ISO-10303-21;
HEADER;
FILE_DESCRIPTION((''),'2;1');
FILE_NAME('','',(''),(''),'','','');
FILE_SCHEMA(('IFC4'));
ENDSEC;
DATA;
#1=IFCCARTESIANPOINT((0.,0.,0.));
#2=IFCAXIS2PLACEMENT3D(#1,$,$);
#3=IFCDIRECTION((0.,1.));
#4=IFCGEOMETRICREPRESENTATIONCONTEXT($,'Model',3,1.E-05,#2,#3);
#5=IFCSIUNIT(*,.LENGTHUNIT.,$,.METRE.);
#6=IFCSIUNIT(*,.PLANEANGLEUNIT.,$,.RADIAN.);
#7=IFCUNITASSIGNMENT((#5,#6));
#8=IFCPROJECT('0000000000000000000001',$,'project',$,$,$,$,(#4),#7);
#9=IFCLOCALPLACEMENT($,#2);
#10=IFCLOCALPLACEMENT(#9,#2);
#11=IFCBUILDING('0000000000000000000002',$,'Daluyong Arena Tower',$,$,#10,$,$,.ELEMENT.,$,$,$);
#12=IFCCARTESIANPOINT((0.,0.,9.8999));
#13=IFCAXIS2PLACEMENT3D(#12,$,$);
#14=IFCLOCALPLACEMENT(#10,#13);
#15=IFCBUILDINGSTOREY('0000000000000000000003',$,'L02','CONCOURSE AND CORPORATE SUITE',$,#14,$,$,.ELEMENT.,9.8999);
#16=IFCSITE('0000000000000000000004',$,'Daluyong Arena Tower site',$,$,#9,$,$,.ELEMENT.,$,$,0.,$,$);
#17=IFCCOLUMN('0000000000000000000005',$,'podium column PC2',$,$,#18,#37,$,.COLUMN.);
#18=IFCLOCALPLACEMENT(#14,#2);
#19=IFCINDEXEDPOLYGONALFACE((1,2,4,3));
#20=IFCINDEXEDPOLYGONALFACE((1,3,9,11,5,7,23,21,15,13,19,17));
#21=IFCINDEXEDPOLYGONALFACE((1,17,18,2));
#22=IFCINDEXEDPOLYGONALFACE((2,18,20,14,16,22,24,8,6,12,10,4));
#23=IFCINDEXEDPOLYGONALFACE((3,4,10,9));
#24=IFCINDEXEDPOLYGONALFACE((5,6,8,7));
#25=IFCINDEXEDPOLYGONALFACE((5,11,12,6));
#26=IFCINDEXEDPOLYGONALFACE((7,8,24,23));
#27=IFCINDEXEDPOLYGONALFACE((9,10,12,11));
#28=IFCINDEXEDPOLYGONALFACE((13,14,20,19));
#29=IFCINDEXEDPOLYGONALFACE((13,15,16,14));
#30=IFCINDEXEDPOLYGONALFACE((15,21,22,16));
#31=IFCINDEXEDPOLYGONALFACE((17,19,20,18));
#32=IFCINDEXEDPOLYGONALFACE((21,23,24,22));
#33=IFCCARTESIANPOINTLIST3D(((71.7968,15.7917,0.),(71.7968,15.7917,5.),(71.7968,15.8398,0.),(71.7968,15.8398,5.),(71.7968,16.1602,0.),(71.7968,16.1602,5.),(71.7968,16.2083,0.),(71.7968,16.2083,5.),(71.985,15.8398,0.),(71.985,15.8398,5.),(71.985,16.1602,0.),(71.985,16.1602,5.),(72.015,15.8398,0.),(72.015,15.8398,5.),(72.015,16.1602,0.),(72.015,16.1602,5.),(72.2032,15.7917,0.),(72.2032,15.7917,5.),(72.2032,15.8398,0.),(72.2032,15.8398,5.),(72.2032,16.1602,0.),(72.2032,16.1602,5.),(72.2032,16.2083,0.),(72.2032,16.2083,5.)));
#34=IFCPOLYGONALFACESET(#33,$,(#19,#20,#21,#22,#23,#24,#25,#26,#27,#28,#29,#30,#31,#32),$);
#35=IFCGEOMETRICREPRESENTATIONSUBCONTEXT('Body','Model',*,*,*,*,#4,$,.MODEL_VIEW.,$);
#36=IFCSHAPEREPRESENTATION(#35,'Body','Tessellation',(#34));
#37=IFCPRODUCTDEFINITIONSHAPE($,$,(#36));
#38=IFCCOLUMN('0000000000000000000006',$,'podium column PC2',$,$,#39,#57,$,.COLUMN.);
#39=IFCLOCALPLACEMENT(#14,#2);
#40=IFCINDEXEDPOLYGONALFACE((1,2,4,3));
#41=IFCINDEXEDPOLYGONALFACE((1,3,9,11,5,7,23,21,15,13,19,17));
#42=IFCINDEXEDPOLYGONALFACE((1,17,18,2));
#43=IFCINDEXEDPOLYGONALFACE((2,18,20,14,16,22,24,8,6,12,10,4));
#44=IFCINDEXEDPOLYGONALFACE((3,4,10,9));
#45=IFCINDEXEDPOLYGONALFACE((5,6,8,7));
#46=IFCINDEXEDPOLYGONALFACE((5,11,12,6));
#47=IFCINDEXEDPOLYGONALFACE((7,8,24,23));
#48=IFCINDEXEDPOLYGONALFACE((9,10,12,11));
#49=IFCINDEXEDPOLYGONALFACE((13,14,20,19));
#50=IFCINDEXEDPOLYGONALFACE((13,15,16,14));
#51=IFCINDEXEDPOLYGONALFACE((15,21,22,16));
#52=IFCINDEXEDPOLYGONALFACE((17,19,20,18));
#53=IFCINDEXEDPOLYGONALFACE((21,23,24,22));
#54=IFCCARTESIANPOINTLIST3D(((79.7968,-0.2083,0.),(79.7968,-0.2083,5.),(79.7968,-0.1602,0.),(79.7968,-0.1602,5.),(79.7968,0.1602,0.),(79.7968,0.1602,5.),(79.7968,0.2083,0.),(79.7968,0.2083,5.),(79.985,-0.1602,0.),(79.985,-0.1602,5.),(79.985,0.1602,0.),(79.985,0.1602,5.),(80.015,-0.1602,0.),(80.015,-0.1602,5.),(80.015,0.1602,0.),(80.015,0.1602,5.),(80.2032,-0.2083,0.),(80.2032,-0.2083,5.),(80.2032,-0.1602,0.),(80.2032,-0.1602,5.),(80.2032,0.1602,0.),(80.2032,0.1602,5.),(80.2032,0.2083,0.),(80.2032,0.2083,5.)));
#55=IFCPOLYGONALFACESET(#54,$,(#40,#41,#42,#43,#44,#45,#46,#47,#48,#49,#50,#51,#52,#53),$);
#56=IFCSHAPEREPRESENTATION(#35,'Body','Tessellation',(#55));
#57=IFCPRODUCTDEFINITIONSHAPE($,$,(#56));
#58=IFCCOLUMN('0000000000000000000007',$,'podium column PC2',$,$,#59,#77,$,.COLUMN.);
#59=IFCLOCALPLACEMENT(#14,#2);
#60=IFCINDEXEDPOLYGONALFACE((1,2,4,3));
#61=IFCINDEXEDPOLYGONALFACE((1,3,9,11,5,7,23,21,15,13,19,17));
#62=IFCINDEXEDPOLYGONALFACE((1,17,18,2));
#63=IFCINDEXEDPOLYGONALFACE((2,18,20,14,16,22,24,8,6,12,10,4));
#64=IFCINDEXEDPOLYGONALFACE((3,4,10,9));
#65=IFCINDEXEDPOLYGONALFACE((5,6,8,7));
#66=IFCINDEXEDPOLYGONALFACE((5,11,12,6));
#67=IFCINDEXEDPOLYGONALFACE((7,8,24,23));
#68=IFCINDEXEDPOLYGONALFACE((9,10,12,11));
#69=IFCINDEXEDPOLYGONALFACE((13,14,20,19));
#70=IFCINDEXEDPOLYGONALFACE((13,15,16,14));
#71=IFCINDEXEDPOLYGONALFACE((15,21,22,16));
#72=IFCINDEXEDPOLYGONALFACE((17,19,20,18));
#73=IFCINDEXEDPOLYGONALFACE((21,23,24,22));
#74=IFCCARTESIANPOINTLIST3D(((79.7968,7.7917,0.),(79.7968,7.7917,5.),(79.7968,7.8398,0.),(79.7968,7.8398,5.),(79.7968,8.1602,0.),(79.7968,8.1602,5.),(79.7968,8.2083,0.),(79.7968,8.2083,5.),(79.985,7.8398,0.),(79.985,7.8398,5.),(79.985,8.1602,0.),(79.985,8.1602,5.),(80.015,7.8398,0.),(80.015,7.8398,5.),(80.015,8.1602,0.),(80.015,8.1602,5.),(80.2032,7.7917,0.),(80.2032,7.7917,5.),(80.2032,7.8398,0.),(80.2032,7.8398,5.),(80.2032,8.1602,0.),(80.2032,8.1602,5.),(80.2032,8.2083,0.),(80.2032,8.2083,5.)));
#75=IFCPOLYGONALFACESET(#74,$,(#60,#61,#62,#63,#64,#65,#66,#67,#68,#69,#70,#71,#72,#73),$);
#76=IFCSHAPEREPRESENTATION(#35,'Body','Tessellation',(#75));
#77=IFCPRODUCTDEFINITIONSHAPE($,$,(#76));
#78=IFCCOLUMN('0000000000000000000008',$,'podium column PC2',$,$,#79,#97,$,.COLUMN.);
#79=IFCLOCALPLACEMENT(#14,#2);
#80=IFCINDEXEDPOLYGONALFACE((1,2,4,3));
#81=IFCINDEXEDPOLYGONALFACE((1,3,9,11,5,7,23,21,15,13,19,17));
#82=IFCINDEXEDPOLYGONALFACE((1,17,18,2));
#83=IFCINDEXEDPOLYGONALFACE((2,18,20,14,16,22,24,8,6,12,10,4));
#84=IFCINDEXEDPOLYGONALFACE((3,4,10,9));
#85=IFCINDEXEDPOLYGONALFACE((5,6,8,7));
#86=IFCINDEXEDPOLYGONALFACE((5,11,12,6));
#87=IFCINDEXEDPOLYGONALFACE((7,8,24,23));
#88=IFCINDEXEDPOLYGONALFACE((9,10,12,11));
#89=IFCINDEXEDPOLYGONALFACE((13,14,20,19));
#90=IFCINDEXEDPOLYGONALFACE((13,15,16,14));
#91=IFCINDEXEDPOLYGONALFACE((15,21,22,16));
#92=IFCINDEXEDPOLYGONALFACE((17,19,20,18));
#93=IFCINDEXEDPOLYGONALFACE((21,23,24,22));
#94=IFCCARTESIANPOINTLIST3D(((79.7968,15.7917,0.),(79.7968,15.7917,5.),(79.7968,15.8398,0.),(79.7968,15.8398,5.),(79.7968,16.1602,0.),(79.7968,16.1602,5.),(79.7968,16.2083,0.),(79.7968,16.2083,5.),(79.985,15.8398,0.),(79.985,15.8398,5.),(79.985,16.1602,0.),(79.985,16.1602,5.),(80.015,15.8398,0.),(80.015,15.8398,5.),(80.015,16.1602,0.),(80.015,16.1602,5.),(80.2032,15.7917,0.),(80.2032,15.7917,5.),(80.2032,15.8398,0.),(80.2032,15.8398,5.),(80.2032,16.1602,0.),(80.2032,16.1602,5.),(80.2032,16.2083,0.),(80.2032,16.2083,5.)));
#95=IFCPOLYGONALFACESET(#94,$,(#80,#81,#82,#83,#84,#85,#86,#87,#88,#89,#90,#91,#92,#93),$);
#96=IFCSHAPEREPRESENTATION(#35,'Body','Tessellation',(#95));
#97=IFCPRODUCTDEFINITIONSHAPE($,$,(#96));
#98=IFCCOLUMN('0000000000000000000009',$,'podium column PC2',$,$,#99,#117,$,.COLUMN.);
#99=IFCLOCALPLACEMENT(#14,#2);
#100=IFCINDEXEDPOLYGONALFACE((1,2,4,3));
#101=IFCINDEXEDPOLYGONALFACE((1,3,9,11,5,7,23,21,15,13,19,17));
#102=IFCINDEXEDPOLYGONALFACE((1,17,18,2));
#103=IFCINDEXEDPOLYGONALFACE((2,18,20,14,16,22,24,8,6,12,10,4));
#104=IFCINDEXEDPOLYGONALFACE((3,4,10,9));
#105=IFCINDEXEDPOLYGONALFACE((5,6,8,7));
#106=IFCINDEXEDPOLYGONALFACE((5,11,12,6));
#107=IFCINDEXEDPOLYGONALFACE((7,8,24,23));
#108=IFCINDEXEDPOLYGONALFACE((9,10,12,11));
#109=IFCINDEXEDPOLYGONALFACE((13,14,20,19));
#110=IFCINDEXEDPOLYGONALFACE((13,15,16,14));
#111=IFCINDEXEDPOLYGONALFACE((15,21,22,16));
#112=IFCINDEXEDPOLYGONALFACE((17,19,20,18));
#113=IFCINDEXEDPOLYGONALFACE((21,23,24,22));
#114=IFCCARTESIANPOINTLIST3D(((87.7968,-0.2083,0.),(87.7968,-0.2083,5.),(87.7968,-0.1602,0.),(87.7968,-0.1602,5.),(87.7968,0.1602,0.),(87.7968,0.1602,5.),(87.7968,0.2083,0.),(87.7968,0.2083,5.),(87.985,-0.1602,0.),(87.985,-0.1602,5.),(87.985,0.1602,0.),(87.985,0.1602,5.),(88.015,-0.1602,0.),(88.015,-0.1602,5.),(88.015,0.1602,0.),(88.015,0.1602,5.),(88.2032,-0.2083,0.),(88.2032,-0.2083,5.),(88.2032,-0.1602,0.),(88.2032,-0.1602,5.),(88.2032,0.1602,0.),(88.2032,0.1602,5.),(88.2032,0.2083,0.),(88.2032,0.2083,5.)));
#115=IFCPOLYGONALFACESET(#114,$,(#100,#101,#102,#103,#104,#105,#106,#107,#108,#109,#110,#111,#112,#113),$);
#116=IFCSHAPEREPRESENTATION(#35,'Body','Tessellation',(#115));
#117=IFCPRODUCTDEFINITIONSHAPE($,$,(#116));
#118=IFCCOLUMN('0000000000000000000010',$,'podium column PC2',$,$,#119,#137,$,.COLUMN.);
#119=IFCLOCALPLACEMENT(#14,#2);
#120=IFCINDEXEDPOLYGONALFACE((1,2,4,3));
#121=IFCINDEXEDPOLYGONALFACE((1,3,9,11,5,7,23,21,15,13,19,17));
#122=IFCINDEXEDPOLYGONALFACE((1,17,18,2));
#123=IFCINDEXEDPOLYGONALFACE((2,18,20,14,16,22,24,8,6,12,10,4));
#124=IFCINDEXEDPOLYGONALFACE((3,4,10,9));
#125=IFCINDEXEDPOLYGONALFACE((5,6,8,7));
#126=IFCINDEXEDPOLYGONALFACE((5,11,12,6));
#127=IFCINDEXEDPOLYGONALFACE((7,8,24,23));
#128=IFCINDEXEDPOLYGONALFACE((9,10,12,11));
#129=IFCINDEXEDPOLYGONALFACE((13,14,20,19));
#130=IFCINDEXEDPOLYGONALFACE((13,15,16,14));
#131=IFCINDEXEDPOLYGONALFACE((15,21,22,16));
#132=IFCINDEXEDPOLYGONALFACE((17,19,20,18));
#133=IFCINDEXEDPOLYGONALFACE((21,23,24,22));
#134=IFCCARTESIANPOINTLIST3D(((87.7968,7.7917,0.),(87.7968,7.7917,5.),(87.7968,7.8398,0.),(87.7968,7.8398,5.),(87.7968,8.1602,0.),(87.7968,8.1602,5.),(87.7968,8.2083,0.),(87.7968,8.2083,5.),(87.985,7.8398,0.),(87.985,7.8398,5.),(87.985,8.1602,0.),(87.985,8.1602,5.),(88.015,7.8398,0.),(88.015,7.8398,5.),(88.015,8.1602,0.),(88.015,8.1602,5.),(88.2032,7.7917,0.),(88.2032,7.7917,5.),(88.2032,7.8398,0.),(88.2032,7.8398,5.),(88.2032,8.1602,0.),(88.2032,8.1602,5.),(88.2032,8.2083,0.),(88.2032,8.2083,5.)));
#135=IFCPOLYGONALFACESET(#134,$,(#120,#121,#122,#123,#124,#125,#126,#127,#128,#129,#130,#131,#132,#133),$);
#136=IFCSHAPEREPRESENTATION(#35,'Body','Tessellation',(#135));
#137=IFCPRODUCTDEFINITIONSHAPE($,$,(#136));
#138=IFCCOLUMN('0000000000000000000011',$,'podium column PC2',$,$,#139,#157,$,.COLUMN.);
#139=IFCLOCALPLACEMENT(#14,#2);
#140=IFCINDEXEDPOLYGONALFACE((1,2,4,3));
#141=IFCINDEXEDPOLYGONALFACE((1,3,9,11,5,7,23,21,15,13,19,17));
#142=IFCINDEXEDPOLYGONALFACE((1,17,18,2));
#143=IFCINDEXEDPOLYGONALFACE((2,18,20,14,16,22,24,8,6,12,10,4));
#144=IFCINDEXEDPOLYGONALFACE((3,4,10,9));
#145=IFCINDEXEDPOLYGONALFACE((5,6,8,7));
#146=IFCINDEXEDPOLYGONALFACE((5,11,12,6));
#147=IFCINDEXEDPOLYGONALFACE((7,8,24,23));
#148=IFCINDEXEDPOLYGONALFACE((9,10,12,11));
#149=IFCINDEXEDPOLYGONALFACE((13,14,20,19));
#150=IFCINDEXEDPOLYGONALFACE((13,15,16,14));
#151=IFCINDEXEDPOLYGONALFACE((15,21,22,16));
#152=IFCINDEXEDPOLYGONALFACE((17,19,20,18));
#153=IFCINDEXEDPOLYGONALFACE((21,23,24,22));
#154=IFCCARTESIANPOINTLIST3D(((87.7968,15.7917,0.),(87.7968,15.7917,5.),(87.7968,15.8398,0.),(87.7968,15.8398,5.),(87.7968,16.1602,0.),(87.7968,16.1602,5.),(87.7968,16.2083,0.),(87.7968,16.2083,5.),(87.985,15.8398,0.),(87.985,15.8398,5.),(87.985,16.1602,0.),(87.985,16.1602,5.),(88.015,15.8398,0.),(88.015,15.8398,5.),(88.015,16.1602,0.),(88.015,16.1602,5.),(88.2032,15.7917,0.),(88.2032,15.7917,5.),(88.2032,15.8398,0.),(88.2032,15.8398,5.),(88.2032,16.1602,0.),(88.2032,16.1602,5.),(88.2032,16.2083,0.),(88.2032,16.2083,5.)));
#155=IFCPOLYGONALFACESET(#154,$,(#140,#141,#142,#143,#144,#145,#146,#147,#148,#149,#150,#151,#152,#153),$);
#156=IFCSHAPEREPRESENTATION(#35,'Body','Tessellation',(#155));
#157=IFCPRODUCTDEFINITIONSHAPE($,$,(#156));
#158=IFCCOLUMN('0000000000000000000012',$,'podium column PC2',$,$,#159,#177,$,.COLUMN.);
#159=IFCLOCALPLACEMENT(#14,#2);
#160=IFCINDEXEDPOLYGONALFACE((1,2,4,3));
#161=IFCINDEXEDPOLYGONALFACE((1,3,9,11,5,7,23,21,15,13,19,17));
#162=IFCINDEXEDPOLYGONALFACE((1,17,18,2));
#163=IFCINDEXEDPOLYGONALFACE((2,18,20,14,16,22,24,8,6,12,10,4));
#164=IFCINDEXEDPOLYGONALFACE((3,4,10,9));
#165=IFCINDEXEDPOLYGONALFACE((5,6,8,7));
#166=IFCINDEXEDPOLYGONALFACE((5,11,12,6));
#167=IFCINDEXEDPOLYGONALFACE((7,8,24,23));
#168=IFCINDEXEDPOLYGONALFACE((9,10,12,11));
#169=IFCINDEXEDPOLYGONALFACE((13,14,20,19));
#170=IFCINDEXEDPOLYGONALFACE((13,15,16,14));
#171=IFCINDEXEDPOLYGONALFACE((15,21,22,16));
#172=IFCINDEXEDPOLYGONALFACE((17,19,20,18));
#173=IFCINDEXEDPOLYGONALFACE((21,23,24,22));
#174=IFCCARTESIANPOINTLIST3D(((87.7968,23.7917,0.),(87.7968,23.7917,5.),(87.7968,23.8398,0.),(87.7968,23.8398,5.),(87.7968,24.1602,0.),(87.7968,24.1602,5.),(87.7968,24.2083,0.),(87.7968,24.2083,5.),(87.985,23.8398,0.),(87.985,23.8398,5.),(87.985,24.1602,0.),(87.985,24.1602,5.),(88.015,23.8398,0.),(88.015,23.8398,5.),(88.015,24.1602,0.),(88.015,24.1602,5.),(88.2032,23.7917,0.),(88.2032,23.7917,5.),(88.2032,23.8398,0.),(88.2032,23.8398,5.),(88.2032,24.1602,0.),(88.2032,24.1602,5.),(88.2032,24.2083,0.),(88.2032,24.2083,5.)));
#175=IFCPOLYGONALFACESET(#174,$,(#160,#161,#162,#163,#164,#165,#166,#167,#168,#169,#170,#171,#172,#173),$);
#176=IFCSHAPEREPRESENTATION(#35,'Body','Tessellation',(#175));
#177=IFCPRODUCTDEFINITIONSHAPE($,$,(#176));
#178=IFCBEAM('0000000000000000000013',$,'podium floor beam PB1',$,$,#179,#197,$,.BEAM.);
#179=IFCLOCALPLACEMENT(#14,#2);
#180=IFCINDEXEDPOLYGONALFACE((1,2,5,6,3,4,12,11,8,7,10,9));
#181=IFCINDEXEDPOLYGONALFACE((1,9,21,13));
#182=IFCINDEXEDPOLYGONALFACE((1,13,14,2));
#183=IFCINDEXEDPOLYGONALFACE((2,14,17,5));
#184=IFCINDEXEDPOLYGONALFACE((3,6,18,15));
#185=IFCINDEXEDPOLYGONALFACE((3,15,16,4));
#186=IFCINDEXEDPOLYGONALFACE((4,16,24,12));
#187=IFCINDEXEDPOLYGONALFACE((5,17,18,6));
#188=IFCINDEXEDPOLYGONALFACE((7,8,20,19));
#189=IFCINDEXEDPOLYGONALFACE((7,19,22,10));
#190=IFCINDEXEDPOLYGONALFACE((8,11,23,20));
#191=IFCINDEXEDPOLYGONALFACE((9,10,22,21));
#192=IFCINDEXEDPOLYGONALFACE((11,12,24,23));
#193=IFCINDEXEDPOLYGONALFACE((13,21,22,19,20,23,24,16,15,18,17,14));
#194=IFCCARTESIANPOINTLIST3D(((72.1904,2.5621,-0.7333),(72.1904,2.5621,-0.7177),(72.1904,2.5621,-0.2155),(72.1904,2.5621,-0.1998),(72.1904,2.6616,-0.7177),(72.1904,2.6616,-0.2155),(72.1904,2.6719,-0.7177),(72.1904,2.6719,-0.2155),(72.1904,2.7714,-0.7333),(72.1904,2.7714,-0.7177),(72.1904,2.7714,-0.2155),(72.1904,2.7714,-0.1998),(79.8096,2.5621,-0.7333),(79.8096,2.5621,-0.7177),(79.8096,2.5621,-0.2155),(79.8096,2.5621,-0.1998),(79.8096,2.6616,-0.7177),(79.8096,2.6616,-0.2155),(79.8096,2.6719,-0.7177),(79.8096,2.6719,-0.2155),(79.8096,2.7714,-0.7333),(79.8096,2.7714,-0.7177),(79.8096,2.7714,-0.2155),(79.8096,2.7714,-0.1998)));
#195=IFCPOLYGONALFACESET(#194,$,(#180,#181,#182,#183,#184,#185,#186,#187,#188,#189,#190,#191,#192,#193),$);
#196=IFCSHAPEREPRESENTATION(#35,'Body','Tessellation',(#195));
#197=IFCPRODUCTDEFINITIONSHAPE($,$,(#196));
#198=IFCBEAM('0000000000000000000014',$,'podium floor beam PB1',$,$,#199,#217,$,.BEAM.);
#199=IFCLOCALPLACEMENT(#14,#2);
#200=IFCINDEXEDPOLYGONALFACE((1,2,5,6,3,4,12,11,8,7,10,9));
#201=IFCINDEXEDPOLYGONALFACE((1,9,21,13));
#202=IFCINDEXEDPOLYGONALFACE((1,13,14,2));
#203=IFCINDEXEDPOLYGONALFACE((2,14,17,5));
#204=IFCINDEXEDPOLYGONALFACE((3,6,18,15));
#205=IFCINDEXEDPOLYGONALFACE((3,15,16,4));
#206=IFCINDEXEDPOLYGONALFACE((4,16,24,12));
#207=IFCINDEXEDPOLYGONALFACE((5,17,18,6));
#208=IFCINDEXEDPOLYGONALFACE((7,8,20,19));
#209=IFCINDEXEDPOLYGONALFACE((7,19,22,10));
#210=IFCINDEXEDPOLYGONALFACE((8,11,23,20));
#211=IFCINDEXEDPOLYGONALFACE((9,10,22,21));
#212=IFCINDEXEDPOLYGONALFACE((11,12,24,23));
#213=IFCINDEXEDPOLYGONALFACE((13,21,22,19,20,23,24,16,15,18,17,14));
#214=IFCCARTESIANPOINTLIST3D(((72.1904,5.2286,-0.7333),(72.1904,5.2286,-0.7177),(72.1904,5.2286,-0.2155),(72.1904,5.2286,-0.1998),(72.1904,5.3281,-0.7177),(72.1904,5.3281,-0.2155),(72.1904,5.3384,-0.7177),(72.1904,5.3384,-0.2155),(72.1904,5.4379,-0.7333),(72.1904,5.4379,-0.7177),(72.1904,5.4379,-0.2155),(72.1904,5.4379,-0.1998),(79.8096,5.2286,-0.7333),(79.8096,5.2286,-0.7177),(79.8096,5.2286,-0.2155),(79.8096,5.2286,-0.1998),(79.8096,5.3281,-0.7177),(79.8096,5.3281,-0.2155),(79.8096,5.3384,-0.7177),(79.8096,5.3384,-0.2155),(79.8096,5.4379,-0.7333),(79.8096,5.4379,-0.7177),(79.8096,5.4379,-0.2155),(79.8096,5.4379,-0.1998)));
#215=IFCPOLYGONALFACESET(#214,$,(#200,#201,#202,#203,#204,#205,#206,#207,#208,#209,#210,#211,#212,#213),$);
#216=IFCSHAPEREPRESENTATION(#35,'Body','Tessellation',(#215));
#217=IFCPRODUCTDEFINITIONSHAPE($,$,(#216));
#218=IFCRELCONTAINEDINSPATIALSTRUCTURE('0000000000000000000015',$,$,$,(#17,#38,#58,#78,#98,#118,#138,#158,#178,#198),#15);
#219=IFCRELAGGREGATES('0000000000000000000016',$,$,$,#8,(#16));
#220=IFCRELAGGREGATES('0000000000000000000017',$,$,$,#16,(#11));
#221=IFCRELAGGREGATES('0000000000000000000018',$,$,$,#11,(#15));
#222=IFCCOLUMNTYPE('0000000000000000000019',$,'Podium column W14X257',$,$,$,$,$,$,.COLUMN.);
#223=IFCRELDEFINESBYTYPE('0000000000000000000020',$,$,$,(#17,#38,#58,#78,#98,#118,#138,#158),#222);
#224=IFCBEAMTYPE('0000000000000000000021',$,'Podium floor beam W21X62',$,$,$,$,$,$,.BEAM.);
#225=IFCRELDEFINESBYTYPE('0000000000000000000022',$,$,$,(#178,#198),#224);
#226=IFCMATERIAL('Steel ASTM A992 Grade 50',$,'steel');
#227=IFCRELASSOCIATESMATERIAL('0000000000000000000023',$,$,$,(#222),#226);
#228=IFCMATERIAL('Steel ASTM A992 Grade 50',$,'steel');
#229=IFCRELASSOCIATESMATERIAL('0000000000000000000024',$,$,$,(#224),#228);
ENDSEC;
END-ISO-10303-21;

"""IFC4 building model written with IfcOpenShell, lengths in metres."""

from ifc_helpers import new_model, si_unit, direction, frame, origin, origin_2d, place, context, subcontext, project, spatial, i_section, extrude, material, material_profile, profile_set, type_object, element, save


model = new_model("IFC4")

# Units and contexts
model_context = context("Model", 3, precision=1e-05, world=origin(), true_north=direction((0.0, 1.0)))
body_context = subcontext(model_context, "Body", "Model", "MODEL_VIEW")
ifc_project = project(units=[si_unit("LENGTHUNIT", "METRE"), si_unit("PLANEANGLEUNIT", "RADIAN")], contexts=[model_context])

# Site, building, storey
site_placement = place(None, origin())
site = spatial("IfcSite", under=ifc_project, at=site_placement, Name="Daluyong Arena Tower site", CompositionType="ELEMENT", RefElevation=0.0)
building_placement = place(site_placement, origin())
building = spatial("IfcBuilding", under=site, at=building_placement, Name="Daluyong Arena Tower", CompositionType="ELEMENT")
storey_placement = place(building_placement, frame((0.0, 0.0, 9.8999)))
storey = spatial("IfcBuildingStorey", under=building, at=storey_placement, Name="L02", Description="CONCOURSE AND CORPORATE SUITE", CompositionType="ELEMENT", Elevation=9.8999)

# Columns
ifc_material_1 = material(Name="Steel ASTM A992 Grade 50", Category="steel")
ifc_material_profile_1 = material_profile(ifc_material_1, i_section(OverallWidth=0.4065, OverallDepth=0.4165, WebThickness=0.03, FlangeThickness=0.0481, at=origin_2d()))
ifc_profile_set_1 = profile_set([ifc_material_profile_1], Name="Steel ASTM A992 Grade 50")
column_type = type_object("IfcColumnType", Name="Podium column W14X257", PredefinedType="COLUMN", material=ifc_profile_set_1)
for number, where, z_axis, x_axis, name in (
    (1, (72.0, 16.0, 0.0), (0.0, 0.0, 1.0), (1.0, 0.0, 0.0), "podium column PC2"),
    (2, (80.0, 0.0, 0.0), (0.0, 0.0, 1.0), (1.0, 0.0, 0.0), "podium column PC2"),
    (3, (80.0, 8.0, 0.0), (0.0, 0.0, 1.0), (1.0, 0.0, 0.0), "podium column PC2"),
    (4, (80.0, 16.0, 0.0), (0.0, 0.0, 1.0), (1.0, 0.0, 0.0), "podium column PC2"),
    (5, (88.0, 0.0, 0.0), (0.0, 0.0, 1.0), (1.0, 0.0, 0.0), "podium column PC2"),
    (6, (88.0, 8.0, 0.0), (0.0, 0.0, 1.0), (1.0, 0.0, 0.0), "podium column PC2"),
    (7, (88.0, 16.0, 0.0), (0.0, 0.0, 1.0), (1.0, 0.0, 0.0), "podium column PC2"),
    (8, (88.0, 24.0, 0.0), (0.0, 0.0, 1.0), (1.0, 0.0, 0.0), "podium column PC2"),
):
    element("IfcColumn", number, at=place(storey_placement, frame(where, z_axis=z_axis, x_axis=x_axis)), inside=storey, type_object=column_type, Name=name, PredefinedType="COLUMN", context=body_context, shape_type="SweptSolid", body=[
        extrude(i_section(OverallWidth=0.4065, OverallDepth=0.4165, WebThickness=0.03, FlangeThickness=0.0481, at=origin_2d()), origin(), (0.0, 0.0, 1.0), 5.0),
    ])

# Beams
ifc_material_2 = material(Name="Steel ASTM A992 Grade 50", Category="steel")
ifc_material_profile_2 = material_profile(ifc_material_2, i_section(OverallWidth=0.2092, OverallDepth=0.5334, WebThickness=0.0103, FlangeThickness=0.0156, at=origin_2d()))
ifc_profile_set_2 = profile_set([ifc_material_profile_2], Name="Steel ASTM A992 Grade 50")
beam_type_1 = type_object("IfcBeamType", Name="Podium floor beam W21X62", PredefinedType="BEAM", material=ifc_profile_set_2)
for number, where, z_axis, x_axis, name in (
    (9, (72.1904, 2.6667, -0.4666), (1.0, 0.0, 0.0), (0.0, 1.0, 0.0), "podium floor beam PB1"),
    (10, (72.1904, 5.3333, -0.4666), (1.0, 0.0, 0.0), (0.0, 1.0, 0.0), "podium floor beam PB1"),
):
    element("IfcBeam", number, at=place(storey_placement, frame(where, z_axis=z_axis, x_axis=x_axis)), inside=storey, type_object=beam_type_1, Name=name, PredefinedType="BEAM", context=body_context, shape_type="SweptSolid", body=[
        extrude(i_section(OverallWidth=0.2092, OverallDepth=0.5334, WebThickness=0.0103, FlangeThickness=0.0156, at=origin_2d()), origin(), (0.0, 0.0, 1.0), 7.6191),
    ])

save(model, "model.ifc")
